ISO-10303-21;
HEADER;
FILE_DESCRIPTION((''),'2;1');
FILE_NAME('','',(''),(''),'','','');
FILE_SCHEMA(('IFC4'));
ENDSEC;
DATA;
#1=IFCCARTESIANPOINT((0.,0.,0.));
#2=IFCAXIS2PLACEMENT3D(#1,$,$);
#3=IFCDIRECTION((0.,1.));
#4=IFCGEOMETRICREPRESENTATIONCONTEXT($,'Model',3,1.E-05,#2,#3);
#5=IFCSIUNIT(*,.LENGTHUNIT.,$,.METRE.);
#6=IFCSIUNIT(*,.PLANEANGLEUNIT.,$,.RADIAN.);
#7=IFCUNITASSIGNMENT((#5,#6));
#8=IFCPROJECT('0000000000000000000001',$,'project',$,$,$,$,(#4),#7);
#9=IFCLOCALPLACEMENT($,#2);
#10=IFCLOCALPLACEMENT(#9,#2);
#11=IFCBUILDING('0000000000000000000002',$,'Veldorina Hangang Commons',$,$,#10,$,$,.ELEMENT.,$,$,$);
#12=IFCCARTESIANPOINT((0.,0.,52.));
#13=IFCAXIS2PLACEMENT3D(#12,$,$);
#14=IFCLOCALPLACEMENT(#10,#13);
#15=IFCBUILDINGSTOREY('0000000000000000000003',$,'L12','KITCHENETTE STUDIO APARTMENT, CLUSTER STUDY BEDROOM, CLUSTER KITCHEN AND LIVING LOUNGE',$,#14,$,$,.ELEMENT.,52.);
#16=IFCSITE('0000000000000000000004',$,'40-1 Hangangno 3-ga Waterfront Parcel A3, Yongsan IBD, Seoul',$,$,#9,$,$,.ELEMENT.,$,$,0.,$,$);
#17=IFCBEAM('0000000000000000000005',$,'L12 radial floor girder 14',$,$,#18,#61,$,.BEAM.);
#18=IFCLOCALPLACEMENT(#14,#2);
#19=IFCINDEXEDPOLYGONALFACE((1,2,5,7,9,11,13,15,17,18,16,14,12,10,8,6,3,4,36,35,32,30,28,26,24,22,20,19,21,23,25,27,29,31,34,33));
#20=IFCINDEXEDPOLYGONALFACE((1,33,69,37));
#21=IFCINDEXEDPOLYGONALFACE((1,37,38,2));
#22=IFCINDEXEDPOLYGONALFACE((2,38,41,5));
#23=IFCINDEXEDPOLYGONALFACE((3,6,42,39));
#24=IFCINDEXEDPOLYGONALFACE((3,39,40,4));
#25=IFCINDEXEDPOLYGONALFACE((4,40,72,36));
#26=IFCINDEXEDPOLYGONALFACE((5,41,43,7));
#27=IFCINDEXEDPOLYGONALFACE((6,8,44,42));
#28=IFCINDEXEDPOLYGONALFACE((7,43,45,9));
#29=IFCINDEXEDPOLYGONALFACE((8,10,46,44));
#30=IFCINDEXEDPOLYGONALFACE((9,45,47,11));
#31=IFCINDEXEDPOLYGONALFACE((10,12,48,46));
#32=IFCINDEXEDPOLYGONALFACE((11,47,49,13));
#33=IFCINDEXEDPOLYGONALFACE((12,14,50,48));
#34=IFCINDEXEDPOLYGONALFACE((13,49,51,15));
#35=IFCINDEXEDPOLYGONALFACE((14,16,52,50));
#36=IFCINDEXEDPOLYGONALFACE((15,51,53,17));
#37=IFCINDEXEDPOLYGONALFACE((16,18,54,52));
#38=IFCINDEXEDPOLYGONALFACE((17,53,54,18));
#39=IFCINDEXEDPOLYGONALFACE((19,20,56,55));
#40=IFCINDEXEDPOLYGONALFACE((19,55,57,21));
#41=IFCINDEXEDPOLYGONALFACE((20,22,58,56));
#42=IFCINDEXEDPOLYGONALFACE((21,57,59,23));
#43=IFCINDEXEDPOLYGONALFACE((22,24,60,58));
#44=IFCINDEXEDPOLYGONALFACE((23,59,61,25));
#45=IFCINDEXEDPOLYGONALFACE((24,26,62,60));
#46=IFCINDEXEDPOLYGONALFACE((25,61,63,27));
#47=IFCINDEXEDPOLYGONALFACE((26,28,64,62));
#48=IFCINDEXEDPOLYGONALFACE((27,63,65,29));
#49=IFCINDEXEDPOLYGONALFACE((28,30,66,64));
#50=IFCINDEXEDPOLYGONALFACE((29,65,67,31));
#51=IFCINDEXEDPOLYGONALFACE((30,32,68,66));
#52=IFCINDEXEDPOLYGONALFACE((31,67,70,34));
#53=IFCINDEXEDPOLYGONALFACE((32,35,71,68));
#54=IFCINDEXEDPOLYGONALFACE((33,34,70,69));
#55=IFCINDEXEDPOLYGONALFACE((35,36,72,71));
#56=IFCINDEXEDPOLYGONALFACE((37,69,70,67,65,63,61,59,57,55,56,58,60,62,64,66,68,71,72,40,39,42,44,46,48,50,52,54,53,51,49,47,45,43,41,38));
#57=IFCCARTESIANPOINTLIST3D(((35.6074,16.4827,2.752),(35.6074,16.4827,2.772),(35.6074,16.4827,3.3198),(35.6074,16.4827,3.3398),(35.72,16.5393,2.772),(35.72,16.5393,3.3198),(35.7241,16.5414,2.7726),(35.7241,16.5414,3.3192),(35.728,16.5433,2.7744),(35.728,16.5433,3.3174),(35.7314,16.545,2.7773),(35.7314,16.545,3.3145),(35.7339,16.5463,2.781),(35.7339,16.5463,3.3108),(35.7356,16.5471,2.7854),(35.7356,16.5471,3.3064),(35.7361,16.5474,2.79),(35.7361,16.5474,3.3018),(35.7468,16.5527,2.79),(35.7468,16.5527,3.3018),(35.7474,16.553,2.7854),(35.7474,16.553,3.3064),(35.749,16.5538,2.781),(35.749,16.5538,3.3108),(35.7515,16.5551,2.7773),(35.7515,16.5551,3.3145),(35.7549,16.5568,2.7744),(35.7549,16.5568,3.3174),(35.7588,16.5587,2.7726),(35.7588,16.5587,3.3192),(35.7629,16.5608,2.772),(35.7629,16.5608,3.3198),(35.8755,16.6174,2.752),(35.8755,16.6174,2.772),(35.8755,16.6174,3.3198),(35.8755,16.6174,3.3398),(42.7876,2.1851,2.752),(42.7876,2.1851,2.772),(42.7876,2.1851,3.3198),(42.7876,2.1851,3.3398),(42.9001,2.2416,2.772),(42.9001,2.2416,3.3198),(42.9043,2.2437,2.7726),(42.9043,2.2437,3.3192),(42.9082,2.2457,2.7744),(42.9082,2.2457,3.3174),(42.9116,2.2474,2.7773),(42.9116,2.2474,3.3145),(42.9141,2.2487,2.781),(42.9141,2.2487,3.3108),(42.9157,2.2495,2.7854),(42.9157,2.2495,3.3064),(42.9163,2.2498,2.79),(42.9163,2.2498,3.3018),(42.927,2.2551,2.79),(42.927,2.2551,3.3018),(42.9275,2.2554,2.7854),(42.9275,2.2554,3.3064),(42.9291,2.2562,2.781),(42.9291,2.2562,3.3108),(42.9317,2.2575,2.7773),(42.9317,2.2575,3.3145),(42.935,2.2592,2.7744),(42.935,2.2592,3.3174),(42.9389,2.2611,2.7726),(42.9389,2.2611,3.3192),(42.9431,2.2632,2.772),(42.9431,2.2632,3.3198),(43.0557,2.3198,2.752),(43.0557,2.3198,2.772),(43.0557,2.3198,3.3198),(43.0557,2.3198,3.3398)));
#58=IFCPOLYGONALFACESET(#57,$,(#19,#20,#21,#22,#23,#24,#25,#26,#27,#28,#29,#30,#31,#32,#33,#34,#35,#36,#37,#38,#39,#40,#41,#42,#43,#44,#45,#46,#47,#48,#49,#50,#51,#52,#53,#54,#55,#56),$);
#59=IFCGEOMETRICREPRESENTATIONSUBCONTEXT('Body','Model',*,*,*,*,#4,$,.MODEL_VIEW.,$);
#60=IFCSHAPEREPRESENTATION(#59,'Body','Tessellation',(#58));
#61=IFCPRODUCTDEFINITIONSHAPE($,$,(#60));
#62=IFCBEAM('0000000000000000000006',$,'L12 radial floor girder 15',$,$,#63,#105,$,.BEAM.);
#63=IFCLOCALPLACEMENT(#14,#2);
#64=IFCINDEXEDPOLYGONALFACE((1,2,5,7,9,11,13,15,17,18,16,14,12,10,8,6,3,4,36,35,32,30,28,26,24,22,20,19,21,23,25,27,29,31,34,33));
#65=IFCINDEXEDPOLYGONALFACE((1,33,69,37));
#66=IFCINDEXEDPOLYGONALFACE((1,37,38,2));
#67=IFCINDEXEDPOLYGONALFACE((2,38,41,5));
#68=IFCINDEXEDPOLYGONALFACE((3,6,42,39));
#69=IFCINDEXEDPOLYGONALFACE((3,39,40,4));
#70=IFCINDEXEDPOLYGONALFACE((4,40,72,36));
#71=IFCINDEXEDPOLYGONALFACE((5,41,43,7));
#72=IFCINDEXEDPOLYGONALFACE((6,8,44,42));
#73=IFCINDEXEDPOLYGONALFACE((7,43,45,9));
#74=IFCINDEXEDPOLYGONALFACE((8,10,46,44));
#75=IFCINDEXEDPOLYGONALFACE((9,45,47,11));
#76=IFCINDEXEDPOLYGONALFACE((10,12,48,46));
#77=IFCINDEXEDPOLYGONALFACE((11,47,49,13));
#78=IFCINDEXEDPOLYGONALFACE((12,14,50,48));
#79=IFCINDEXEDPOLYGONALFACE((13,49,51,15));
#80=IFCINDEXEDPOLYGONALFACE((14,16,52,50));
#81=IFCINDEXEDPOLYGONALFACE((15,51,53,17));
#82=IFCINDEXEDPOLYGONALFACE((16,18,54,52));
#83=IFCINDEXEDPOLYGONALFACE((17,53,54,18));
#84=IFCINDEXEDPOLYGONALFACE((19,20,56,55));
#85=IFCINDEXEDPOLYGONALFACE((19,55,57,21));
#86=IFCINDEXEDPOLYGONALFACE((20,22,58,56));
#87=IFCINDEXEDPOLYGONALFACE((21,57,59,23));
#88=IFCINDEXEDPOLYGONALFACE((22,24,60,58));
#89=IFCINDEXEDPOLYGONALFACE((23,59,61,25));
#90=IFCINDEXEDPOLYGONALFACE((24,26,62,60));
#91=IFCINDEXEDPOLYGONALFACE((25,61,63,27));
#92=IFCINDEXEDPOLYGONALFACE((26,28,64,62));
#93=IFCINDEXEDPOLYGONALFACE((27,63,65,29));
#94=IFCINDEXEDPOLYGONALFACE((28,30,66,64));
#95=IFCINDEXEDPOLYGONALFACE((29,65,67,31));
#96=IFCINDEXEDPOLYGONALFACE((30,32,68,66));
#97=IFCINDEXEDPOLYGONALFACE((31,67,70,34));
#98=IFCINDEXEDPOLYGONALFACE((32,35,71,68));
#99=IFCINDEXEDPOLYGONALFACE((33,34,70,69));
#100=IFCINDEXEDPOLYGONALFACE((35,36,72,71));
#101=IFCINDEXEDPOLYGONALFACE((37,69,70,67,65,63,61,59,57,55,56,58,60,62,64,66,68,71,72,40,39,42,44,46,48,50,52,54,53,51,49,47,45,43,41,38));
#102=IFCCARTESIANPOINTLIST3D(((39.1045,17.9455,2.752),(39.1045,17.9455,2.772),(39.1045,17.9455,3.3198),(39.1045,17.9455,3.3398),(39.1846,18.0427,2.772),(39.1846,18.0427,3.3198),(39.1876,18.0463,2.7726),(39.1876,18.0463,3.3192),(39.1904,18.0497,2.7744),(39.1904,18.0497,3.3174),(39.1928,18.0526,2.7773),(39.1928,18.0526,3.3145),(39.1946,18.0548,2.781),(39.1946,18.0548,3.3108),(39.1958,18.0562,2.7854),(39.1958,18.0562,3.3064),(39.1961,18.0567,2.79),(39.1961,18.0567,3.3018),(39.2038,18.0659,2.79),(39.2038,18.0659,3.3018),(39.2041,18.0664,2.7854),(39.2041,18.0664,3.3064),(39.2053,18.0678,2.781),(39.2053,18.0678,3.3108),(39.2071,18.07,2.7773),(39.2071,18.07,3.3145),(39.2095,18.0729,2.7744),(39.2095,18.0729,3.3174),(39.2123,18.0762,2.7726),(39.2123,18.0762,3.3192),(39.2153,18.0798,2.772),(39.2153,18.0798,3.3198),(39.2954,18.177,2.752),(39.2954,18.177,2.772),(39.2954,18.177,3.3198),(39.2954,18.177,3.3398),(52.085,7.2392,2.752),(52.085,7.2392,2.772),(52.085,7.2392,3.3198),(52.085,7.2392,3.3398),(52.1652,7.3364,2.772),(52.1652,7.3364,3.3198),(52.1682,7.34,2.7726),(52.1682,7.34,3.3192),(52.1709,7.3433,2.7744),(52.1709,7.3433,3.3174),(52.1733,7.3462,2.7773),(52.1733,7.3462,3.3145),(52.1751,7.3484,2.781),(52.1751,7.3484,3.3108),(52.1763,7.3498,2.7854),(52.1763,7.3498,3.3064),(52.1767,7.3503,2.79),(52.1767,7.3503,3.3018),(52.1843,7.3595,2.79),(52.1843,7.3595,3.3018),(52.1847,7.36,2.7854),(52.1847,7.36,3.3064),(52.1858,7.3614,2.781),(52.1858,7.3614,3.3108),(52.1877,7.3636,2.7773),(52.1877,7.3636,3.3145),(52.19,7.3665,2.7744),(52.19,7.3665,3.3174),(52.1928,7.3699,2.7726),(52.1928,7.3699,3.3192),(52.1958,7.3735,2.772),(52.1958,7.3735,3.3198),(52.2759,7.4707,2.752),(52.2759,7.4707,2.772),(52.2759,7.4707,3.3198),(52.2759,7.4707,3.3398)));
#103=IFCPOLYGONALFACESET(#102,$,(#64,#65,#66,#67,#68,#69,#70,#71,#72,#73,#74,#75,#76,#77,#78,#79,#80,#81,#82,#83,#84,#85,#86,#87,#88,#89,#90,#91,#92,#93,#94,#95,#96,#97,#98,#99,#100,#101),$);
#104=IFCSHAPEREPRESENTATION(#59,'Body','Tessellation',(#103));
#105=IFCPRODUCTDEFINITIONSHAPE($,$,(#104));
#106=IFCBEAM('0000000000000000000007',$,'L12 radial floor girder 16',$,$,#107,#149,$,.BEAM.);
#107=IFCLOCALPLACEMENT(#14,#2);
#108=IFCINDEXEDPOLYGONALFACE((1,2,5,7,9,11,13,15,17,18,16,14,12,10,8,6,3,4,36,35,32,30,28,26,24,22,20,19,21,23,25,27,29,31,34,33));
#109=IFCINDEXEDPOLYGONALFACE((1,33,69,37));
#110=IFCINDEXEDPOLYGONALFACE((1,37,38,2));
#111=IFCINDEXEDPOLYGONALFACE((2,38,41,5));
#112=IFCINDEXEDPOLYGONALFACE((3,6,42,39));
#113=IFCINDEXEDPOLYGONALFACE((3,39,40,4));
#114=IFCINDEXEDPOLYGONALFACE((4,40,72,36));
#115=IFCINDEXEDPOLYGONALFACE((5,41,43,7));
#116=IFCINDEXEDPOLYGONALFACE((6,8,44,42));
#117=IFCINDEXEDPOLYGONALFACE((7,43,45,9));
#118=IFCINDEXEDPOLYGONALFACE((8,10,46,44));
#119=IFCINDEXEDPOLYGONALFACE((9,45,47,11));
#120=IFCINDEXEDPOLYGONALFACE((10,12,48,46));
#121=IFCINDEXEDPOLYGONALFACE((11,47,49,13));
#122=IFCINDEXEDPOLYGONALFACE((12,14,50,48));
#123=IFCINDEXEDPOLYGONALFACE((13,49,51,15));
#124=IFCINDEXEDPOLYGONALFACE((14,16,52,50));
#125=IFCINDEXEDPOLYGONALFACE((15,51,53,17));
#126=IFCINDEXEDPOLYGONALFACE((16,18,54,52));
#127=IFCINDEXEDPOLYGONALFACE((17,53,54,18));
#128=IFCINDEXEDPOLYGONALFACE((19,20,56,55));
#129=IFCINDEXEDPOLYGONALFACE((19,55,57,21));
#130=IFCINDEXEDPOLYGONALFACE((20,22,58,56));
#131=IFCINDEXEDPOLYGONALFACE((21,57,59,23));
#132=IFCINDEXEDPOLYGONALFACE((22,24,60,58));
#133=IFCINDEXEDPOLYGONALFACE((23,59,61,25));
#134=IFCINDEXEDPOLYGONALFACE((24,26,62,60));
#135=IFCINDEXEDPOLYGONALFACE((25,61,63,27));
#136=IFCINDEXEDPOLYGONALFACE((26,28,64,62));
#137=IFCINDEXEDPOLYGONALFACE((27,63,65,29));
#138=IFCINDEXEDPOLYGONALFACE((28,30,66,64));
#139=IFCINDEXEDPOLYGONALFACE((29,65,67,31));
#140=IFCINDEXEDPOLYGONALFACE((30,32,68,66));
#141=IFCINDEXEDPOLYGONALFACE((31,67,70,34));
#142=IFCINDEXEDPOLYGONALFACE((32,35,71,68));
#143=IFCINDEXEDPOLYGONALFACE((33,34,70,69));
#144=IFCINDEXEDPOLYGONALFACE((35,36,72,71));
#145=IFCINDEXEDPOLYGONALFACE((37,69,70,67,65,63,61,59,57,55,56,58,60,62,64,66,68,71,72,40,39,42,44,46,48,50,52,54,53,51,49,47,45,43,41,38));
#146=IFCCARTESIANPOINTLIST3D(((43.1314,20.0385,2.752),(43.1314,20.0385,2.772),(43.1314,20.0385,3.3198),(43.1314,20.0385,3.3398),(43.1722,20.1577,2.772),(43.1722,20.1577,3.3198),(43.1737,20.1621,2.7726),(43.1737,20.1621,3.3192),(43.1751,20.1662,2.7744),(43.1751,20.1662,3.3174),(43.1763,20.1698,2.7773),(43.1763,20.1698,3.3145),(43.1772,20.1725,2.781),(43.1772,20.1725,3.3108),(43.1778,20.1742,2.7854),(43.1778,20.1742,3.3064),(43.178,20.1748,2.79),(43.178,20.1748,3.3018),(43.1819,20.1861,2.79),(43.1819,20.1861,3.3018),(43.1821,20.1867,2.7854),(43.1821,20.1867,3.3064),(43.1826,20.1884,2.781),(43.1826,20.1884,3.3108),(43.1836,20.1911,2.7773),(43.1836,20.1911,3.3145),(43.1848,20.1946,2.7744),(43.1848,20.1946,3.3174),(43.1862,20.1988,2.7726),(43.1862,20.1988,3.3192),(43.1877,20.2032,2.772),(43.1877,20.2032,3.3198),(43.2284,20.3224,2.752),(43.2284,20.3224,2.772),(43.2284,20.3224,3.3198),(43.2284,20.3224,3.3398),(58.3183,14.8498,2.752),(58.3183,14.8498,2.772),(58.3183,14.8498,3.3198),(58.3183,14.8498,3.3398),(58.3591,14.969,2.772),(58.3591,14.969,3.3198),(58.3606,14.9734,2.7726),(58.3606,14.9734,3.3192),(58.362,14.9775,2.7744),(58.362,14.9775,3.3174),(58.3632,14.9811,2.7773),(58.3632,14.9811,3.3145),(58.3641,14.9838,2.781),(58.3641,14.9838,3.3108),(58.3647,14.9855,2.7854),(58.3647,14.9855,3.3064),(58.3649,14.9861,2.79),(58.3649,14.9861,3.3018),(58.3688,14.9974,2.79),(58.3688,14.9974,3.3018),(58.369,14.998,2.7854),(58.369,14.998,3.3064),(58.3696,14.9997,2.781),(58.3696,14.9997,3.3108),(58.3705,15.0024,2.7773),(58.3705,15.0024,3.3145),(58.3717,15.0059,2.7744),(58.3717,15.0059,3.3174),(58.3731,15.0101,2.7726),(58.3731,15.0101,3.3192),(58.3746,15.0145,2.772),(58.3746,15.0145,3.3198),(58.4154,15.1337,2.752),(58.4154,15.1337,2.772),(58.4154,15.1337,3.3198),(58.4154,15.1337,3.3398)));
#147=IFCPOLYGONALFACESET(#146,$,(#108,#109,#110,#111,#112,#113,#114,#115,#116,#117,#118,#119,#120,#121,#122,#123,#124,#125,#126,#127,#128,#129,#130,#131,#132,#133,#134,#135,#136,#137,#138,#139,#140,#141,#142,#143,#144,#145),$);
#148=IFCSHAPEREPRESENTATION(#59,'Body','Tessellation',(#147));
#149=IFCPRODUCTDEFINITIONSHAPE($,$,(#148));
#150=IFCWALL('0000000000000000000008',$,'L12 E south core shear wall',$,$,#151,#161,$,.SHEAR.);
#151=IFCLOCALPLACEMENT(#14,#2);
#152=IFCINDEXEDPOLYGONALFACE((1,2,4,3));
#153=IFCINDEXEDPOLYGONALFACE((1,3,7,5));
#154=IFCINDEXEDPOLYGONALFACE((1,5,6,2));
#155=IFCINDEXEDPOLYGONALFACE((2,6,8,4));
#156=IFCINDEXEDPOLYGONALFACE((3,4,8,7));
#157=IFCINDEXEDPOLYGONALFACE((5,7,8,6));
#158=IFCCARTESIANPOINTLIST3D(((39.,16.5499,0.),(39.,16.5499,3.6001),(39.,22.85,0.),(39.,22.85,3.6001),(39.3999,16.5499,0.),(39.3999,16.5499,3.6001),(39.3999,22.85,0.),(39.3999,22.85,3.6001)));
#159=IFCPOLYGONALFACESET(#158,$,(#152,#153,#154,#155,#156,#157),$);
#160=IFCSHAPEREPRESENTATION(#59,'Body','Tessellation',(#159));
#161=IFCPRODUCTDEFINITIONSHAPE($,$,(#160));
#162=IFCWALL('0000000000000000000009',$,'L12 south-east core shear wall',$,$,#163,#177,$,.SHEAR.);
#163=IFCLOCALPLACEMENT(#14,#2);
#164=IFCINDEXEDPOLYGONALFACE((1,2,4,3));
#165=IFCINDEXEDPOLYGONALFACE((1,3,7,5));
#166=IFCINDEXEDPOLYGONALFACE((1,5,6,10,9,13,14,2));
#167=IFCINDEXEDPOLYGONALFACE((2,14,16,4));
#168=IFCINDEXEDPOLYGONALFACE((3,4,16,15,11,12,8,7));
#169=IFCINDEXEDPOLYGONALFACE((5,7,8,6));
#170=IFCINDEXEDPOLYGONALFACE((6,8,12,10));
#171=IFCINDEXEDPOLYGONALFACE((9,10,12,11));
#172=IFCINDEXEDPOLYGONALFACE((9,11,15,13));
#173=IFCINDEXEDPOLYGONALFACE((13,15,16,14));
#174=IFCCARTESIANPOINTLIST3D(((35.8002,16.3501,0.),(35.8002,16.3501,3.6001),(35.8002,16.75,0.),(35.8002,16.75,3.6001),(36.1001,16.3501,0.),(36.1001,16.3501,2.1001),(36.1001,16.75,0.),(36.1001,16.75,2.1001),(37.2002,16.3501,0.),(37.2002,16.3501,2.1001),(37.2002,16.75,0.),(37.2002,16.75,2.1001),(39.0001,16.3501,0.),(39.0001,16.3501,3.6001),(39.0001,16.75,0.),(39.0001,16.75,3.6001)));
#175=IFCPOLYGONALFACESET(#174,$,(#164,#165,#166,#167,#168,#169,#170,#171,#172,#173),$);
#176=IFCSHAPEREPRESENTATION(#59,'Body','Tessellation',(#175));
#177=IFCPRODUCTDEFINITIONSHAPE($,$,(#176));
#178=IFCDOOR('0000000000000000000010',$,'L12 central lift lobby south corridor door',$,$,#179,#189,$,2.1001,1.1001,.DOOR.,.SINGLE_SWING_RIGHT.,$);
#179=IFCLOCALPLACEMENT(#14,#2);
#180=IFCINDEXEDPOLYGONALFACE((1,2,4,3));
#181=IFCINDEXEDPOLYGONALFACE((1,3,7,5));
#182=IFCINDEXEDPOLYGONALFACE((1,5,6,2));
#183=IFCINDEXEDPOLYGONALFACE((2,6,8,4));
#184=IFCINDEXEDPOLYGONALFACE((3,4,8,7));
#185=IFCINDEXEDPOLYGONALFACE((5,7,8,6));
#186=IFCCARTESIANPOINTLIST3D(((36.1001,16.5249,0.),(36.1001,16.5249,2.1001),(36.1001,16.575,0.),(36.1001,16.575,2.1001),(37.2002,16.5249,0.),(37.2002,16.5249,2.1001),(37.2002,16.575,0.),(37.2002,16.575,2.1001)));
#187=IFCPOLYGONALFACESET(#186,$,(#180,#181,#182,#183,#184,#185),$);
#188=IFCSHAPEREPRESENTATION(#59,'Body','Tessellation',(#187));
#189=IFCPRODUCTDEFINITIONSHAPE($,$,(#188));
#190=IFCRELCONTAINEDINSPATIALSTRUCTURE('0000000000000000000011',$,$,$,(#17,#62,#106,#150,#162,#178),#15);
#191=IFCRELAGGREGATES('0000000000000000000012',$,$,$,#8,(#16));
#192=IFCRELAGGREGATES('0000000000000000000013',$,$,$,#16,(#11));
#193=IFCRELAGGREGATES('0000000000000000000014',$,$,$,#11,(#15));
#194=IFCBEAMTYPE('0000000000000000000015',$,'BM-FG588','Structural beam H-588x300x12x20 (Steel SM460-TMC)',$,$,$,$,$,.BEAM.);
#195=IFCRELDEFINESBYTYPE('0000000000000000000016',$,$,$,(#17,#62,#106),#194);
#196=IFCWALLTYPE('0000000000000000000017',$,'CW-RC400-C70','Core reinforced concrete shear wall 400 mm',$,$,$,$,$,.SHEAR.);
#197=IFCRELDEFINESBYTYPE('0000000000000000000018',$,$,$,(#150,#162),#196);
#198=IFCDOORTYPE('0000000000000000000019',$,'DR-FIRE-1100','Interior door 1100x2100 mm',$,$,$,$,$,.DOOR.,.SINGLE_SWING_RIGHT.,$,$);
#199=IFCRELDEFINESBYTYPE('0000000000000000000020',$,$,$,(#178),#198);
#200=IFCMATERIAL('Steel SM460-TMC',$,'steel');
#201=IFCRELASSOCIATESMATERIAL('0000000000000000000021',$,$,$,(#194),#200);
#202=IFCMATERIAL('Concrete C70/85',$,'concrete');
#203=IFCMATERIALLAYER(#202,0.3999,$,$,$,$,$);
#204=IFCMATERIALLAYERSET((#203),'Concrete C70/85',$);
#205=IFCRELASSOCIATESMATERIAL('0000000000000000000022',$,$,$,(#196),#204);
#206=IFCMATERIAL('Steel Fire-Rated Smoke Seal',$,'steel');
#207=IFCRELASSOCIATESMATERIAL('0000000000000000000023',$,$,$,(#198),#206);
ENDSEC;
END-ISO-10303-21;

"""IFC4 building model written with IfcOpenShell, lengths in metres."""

from ifc_helpers import new_model, si_unit, direction, frame, frame_2d, origin, origin_2d, place, context, subcontext, project, spatial, rectangle, i_section, extrude, material, layer, layer_set, material_profile, profile_set, type_object, element, fill, save


model = new_model("IFC4")

# Units and contexts
model_context = context("Model", 3, precision=1e-05, world=origin(), true_north=direction((0.0, 1.0)))
body_context = subcontext(model_context, "Body", "Model", "MODEL_VIEW")
ifc_project = project(units=[si_unit("LENGTHUNIT", "METRE"), si_unit("PLANEANGLEUNIT", "RADIAN")], contexts=[model_context])

# Site, building, storey
site_placement = place(None, origin())
site = spatial("IfcSite", under=ifc_project, at=site_placement, Name="40-1 Hangangno 3-ga Waterfront Parcel A3, Yongsan IBD, Seoul", CompositionType="ELEMENT", RefElevation=0.0)
building_placement = place(site_placement, origin())
building = spatial("IfcBuilding", under=site, at=building_placement, Name="Veldorina Hangang Commons", CompositionType="ELEMENT")
storey_placement = place(building_placement, frame((0.0, 0.0, 52.0)))
storey = spatial("IfcBuildingStorey", under=building, at=storey_placement, Name="L12", Description="KITCHENETTE STUDIO APARTMENT, CLUSTER STUDY BEDROOM, CLUSTER KITCHEN AND LIVING LOUNGE", CompositionType="ELEMENT", Elevation=52.0)

# Beams
ifc_material_1 = material(Name="Steel SM460-TMC", Category="steel")
ifc_material_profile = material_profile(ifc_material_1, i_section(OverallWidth=0.3, OverallDepth=0.5879, WebThickness=0.012, FlangeThickness=0.02, FilletRadius=0.0181, at=origin_2d()), Name="H-588x300x12x20")
ifc_profile_set = profile_set([ifc_material_profile], Name="Steel SM460-TMC")
beam_type = type_object("IfcBeamType", Name="BM-FG588", Description="Structural beam H-588x300x12x20 (Steel SM460-TMC)", PredefinedType="BEAM", material=ifc_profile_set)
beam_1_placement = place(storey_placement, frame((35.7415, 16.55, 3.0459), z_axis=(0.448782, -0.893641, 0.0), x_axis=(0.893641, 0.448782, 0.0)))
element("IfcBeam", 1, at=beam_1_placement, inside=storey, type_object=beam_type, Name="L12 radial floor girder 14", PredefinedType="BEAM", context=body_context, shape_type="SweptSolid", body=[
    extrude(i_section(OverallWidth=0.3, OverallDepth=0.5879, WebThickness=0.012, FlangeThickness=0.02, FilletRadius=0.0181, at=origin_2d()), origin(), (0.0, 0.0, 1.0), 15.9993),
])
beam_2_placement = place(storey_placement, frame((39.2, 18.0613, 3.0459), z_axis=(0.771449, -0.636291, 0.0), x_axis=(0.636291, 0.771449, 0.0)))
element("IfcBeam", 2, at=beam_2_placement, inside=storey, type_object=beam_type, Name="L12 radial floor girder 15", PredefinedType="BEAM", context=body_context, shape_type="SweptSolid", body=[
    extrude(i_section(OverallWidth=0.3, OverallDepth=0.5879, WebThickness=0.012, FlangeThickness=0.02, FilletRadius=0.0181, at=origin_2d()), origin(), (0.0, 0.0, 1.0), 16.8262),
])
beam_3_placement = place(storey_placement, frame((43.1799, 20.1804, 3.0459), z_axis=(0.946294, -0.323306, 0.0), x_axis=(0.323306, 0.946294, 0.0)))
element("IfcBeam", 3, at=beam_3_placement, inside=storey, type_object=beam_type, Name="L12 radial floor girder 16", PredefinedType="BEAM", context=body_context, shape_type="SweptSolid", body=[
    extrude(i_section(OverallWidth=0.3, OverallDepth=0.5879, WebThickness=0.012, FlangeThickness=0.02, FilletRadius=0.0181, at=origin_2d()), origin(), (0.0, 0.0, 1.0), 16.0488),
])

# Wall
ifc_material_2 = material(Name="Concrete C70/85", Category="concrete")
ifc_layer_1 = layer(ifc_material_2, 0.3999)
ifc_layer_set_1 = layer_set([ifc_layer_1], Name="Concrete C70/85")
wall_type_1 = type_object("IfcWallType", Name="CW-RC400-C70", Description="Core reinforced concrete shear wall 400 mm", PredefinedType="SHEAR", material=ifc_layer_set_1)
wall_1_placement = place(storey_placement, frame((39.2, 16.55, 0.0), z_axis=(0.0, 0.0, 1.0), x_axis=(0.0, 1.0, 0.0)))
element("IfcWall", 4, at=wall_1_placement, inside=storey, type_object=wall_type_1, Name="L12 E south core shear wall", PredefinedType="SHEAR", context=body_context, shape_type="SweptSolid", body=[
    extrude(rectangle(XDim=6.3, YDim=0.3999, at=frame_2d((3.1499, 0.0))), origin(), (0.0, 0.0, 1.0), 3.6001),
])

# Wall, opening, door
wall_2_placement = place(storey_placement, frame((35.8, 16.55, 0.0), z_axis=(0.0, 0.0, 1.0), x_axis=(1.0, 0.0, 0.0)))
wall_2 = element("IfcWall", 5, at=wall_2_placement, inside=storey, type_object=wall_type_1, Name="L12 south-east core shear wall", PredefinedType="SHEAR", context=body_context, shape_type="SweptSolid", body=[
    extrude(rectangle(XDim=3.2, YDim=0.3999, at=frame_2d((1.6001, 0.0))), origin(), (0.0, 0.0, 1.0), 3.6001),
])
opening_1_placement = place(wall_2_placement, frame((0.3, 0.0, 0.0)))
opening_1 = element("IfcOpeningElement", 6, at=opening_1_placement, cuts=wall_2, PredefinedType="OPENING", context=body_context, shape_type="SweptSolid", body=[
    extrude(rectangle(XDim=1.1001, YDim=2.1001, at=frame_2d((0.55, 1.05))), frame((0.0, 0.21, 0.0), z_axis=(0.0, -1.0, 0.0), x_axis=(1.0, 0.0, 0.0)), (0.0, 0.0, 1.0), 0.4199),
])
ifc_material_3 = material(Name="Steel Fire-Rated Smoke Seal", Category="steel")
door_type_1 = type_object("IfcDoorType", Name="DR-FIRE-1100", Description="Interior door 1100x2100 mm", OperationType="SINGLE_SWING_RIGHT", PredefinedType="DOOR", material=ifc_material_3)
door_1_placement = place(opening_1_placement, origin())
door_1 = element("IfcDoor", 7, at=door_1_placement, inside=storey, type_object=door_type_1, Name="L12 central lift lobby south corridor door", OperationType="SINGLE_SWING_RIGHT", OverallHeight=2.1001, OverallWidth=1.1001, PredefinedType="DOOR", context=body_context, shape_type="SweptSolid", body=[
    extrude(rectangle(XDim=1.1001, YDim=2.1001, at=frame_2d((0.55, 1.05))), frame((0.0, 0.0249, 0.0), z_axis=(0.0, -1.0, 0.0), x_axis=(1.0, 0.0, 0.0)), (0.0, 0.0, 1.0), 0.05),
])
fill(opening_1, door_1)

save(model, "model.ifc")
